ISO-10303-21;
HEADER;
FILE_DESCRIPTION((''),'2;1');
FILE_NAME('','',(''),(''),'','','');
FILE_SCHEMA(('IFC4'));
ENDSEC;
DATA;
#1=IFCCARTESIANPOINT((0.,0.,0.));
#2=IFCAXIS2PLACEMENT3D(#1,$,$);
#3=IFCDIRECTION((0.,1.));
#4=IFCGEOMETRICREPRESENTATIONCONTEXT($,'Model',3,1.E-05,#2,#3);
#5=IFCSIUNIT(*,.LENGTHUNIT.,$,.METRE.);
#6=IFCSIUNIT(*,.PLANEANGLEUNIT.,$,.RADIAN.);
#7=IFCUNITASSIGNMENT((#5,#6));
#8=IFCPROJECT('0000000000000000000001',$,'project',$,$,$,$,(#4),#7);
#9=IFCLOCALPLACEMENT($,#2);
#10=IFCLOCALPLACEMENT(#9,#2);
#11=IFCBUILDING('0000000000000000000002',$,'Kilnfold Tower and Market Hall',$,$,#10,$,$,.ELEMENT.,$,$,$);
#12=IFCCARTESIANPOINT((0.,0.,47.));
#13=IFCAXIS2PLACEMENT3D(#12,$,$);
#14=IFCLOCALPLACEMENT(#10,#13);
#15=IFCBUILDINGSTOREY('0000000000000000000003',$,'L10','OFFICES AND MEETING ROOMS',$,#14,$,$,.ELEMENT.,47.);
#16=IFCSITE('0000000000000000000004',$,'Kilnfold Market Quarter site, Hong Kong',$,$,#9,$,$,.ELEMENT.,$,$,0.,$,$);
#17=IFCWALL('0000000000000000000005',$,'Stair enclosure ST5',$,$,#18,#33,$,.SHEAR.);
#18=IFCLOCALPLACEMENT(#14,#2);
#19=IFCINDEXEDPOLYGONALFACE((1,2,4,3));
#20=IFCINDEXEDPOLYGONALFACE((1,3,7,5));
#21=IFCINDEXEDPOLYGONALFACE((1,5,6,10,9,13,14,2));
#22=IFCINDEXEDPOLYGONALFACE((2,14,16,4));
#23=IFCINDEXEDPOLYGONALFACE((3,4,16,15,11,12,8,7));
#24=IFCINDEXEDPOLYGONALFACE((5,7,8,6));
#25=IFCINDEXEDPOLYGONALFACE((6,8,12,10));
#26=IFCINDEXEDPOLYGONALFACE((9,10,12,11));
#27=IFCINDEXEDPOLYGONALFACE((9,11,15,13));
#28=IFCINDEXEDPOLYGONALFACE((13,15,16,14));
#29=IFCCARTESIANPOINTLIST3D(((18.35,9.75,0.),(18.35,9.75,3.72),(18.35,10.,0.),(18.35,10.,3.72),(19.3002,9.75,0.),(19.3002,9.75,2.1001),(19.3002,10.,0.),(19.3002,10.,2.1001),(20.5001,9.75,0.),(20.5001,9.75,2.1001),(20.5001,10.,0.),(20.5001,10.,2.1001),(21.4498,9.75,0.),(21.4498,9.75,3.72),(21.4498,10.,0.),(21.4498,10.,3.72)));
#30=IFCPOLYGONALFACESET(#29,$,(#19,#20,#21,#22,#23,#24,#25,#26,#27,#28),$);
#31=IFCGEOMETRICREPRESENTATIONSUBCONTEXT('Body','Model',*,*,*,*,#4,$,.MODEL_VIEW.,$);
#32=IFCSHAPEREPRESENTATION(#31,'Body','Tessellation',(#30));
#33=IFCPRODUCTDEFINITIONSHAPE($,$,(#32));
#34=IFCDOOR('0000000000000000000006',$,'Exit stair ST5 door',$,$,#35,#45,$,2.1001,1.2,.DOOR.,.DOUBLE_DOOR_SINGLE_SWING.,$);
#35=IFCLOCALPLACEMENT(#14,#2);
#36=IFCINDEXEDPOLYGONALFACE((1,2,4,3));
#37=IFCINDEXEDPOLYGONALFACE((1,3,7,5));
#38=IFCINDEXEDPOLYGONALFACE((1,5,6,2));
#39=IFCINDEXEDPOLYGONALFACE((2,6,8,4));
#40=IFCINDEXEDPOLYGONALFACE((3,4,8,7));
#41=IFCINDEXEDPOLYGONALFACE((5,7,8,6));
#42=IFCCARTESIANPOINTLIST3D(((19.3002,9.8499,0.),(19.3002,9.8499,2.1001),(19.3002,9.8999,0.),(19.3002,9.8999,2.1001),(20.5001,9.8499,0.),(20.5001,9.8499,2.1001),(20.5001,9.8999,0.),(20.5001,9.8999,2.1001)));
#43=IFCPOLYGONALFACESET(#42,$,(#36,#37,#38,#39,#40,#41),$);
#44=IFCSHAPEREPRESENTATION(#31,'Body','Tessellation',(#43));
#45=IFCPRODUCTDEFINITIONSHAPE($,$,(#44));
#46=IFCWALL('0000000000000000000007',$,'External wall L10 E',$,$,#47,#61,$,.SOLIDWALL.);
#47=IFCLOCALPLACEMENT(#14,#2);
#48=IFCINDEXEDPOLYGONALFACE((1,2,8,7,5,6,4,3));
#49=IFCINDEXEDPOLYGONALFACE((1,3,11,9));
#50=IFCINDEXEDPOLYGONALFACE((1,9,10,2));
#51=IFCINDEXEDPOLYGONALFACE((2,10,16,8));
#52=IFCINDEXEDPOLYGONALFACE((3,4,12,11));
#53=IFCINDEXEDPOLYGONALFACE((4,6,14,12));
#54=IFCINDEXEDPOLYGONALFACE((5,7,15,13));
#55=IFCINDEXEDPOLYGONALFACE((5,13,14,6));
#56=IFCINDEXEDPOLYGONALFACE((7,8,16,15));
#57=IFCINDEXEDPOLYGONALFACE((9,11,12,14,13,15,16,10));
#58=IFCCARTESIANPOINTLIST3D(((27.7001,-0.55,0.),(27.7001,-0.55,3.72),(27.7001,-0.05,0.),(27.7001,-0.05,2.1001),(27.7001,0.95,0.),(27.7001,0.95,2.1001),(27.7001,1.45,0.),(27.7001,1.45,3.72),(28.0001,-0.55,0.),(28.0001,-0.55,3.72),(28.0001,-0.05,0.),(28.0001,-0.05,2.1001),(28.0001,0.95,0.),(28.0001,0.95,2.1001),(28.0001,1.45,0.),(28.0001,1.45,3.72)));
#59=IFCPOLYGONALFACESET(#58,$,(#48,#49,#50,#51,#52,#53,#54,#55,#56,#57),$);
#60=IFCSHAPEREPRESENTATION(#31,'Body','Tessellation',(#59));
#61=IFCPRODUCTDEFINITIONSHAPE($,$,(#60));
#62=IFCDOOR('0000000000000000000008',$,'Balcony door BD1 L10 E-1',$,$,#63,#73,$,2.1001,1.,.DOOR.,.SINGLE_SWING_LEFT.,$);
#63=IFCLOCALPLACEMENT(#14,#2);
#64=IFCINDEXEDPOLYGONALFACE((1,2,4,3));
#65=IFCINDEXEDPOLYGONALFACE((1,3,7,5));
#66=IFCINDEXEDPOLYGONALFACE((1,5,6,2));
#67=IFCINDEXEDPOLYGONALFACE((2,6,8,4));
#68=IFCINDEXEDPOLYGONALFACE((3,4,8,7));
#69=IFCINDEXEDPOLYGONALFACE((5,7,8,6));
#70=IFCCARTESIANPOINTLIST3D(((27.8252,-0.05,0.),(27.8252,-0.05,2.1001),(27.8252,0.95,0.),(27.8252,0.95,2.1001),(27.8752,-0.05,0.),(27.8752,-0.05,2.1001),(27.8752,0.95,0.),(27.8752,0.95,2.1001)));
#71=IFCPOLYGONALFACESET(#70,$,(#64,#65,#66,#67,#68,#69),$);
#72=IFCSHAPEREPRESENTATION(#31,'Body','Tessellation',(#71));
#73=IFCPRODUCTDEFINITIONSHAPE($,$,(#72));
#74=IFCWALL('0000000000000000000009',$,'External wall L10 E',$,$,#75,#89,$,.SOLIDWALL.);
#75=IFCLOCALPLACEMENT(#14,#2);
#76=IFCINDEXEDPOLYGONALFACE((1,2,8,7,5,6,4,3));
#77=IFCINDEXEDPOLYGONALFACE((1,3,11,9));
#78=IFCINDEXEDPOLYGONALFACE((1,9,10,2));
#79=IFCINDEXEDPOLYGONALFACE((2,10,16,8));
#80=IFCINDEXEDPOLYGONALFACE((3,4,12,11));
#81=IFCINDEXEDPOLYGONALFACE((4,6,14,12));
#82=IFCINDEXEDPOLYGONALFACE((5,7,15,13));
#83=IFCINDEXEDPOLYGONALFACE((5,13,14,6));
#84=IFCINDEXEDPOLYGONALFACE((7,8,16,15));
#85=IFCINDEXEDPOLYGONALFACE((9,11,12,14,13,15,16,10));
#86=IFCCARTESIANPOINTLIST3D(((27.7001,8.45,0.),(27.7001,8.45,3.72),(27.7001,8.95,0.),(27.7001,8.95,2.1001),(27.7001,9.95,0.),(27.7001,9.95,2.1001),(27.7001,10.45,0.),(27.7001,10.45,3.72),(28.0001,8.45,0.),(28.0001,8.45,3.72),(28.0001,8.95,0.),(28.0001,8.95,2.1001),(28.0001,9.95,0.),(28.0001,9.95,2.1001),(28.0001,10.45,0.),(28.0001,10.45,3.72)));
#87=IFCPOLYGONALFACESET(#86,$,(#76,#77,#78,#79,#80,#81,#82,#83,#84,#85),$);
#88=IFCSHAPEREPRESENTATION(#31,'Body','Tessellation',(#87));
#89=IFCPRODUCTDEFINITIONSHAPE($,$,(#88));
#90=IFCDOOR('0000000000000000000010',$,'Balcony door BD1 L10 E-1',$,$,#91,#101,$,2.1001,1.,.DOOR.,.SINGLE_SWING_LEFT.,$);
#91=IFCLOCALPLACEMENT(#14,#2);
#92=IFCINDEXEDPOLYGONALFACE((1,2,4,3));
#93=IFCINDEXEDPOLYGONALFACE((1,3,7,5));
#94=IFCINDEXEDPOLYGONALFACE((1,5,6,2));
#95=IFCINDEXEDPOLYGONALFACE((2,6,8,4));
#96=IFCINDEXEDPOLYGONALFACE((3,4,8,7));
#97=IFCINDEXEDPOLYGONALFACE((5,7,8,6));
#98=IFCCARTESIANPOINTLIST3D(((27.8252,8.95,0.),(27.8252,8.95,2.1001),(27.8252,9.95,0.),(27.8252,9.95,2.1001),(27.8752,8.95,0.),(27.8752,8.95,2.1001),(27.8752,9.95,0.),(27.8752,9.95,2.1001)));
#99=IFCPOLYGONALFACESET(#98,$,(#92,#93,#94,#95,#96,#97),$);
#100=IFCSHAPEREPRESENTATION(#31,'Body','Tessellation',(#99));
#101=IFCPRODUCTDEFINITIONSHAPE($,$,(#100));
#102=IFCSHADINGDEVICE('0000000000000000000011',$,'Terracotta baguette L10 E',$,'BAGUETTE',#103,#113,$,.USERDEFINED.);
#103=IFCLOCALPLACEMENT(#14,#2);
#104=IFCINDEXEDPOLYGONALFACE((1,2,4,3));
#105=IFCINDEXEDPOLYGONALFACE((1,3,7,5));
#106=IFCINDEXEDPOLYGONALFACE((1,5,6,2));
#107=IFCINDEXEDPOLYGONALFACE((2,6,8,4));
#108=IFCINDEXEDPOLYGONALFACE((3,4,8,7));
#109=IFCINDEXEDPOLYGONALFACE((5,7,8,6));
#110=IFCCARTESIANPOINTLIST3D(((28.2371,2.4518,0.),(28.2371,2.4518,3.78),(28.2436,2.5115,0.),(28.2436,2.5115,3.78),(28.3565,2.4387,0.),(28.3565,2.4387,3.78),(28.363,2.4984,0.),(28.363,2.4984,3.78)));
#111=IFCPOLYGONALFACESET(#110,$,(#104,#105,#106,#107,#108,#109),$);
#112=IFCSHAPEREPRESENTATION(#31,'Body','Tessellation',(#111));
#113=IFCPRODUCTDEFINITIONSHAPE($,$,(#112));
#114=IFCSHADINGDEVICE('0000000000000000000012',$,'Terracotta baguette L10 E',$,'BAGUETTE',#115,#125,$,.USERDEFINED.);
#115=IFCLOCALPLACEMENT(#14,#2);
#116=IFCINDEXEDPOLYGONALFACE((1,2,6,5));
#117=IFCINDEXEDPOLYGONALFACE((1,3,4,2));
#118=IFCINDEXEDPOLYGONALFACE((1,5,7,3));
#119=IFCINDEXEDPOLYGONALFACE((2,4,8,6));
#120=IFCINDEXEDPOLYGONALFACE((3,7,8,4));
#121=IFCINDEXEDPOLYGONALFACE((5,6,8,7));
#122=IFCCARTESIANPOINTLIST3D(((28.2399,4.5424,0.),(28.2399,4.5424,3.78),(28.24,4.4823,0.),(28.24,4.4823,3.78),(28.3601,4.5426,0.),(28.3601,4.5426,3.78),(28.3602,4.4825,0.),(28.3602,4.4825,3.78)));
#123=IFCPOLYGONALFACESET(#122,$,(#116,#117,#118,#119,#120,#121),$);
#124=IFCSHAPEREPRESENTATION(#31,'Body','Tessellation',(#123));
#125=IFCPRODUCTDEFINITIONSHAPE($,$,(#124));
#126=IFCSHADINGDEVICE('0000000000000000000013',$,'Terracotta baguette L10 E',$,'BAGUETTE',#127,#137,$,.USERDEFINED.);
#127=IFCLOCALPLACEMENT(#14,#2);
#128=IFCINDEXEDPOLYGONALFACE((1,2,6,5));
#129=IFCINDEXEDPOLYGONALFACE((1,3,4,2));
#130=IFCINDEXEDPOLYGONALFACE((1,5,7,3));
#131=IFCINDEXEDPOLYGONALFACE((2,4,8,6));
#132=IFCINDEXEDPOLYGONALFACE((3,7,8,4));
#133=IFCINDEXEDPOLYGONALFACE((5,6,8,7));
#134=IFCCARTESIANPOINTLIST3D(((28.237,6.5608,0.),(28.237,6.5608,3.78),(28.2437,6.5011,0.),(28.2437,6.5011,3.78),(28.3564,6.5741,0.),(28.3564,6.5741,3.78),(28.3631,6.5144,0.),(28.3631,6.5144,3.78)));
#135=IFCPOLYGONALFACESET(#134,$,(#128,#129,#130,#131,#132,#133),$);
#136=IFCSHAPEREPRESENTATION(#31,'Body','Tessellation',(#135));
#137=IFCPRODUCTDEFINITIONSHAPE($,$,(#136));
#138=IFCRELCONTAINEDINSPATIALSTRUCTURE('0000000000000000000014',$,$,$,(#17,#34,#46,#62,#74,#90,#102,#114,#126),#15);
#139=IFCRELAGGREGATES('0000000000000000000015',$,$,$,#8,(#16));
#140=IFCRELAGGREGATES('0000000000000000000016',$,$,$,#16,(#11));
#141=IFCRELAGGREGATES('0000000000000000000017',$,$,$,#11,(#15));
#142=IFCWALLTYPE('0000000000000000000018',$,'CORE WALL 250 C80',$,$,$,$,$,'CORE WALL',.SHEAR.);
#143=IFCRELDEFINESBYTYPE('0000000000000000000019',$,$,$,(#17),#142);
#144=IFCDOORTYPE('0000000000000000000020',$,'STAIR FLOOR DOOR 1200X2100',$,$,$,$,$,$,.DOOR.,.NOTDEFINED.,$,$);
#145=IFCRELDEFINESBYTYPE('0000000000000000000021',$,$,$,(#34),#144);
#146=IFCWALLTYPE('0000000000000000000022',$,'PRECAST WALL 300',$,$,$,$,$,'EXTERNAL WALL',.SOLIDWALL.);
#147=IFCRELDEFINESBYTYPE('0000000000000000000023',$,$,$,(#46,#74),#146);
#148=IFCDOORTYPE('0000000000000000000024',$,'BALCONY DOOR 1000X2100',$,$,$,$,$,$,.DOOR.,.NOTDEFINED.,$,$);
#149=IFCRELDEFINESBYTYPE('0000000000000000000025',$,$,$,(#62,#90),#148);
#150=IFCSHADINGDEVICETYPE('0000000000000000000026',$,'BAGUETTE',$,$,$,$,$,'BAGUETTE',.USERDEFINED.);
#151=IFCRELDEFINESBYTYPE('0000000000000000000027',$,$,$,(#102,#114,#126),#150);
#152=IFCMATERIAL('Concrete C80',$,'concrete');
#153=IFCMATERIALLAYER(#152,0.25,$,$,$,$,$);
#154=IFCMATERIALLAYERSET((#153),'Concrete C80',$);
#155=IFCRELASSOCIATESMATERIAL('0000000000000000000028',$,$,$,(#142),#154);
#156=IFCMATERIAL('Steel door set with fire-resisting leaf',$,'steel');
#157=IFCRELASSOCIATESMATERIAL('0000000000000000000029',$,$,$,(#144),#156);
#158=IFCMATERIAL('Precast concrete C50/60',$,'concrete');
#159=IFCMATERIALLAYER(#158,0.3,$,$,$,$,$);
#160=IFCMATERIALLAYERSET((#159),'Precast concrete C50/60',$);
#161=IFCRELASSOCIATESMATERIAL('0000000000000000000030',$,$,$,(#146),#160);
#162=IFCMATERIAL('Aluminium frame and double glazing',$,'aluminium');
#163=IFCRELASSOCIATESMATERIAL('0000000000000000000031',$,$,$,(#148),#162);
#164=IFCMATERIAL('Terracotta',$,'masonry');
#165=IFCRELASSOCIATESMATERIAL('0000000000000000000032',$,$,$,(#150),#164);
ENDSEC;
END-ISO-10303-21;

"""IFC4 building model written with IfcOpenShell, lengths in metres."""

from ifc_helpers import new_model, si_unit, direction, frame, frame_2d, origin, origin_2d, place, context, subcontext, project, spatial, rectangle, extrude, source, transform, mapped, material, layer, layer_set, material_profile, profile_set, type_object, element, fill, save


model = new_model("IFC4")

# Units and contexts
model_context = context("Model", 3, precision=1e-05, world=origin(), true_north=direction((0.0, 1.0)))
body_context = subcontext(model_context, "Body", "Model", "MODEL_VIEW")
ifc_project = project(units=[si_unit("LENGTHUNIT", "METRE"), si_unit("PLANEANGLEUNIT", "RADIAN")], contexts=[model_context])

# Site, building, storey
site_placement = place(None, origin())
site = spatial("IfcSite", under=ifc_project, at=site_placement, Name="Kilnfold Market Quarter site, Hong Kong", CompositionType="ELEMENT", RefElevation=0.0)
building_placement = place(site_placement, origin())
building = spatial("IfcBuilding", under=site, at=building_placement, Name="Kilnfold Tower and Market Hall", CompositionType="ELEMENT")
storey_placement = place(building_placement, frame((0.0, 0.0, 47.0)))
storey = spatial("IfcBuildingStorey", under=building, at=storey_placement, Name="L10", Description="OFFICES AND MEETING ROOMS", CompositionType="ELEMENT", Elevation=47.0)

# Shared definitions
ifc_material_1 = material(Name="Concrete C80", Category="concrete")
ifc_layer_1 = layer(ifc_material_1, 0.25)
ifc_layer_set_1 = layer_set([ifc_layer_1], Name="Concrete C80")
wall_type_1 = type_object("IfcWallType", Name="CORE WALL 250 C80", ElementType="CORE WALL", PredefinedType="SHEAR", material=ifc_layer_set_1)

# Walls, openings, doors
shared_shape_1 = source(origin(), body_context, "Body", "SweptSolid", [
    extrude(rectangle(XDim=3.0999, YDim=0.25, at=frame_2d((1.5498, 0.0))), origin(), (0.0, 0.0, 1.0), 3.72),
])
wall_1_placement = place(storey_placement, frame((18.3501, 9.875, 0.0), z_axis=(0.0, 0.0, 1.0), x_axis=(1.0, 0.0, 0.0)))
wall_1 = element("IfcWall", 1, at=wall_1_placement, inside=storey, type_object=wall_type_1, Name="Stair enclosure ST5", PredefinedType="SHEAR", context=body_context, shape_type="MappedRepresentation", body=[
    mapped(shared_shape_1, transform((0.0, 0.0, 0.0))),
])
opening_1_placement = place(wall_1_placement, frame((0.95, 0.0, 0.0)))
opening_1 = element("IfcOpeningElement", 2, at=opening_1_placement, cuts=wall_1, PredefinedType="OPENING", context=body_context, shape_type="SweptSolid", body=[
    extrude(rectangle(XDim=1.2, YDim=2.1001, at=frame_2d((0.6001, 1.05))), frame((0.0, 0.135, 0.0), z_axis=(0.0, -1.0, 0.0), x_axis=(1.0, 0.0, 0.0)), (0.0, 0.0, 1.0), 0.27),
])
ifc_material_2 = material(Name="Steel door set with fire-resisting leaf", Category="steel")
door_type_1 = type_object("IfcDoorType", Name="STAIR FLOOR DOOR 1200X2100", OperationType="NOTDEFINED", PredefinedType="DOOR", material=ifc_material_2)
door_1_placement = place(opening_1_placement, origin())
door_1 = element("IfcDoor", 3, at=door_1_placement, inside=storey, type_object=door_type_1, Name="Exit stair ST5 door", OperationType="DOUBLE_DOOR_SINGLE_SWING", OverallHeight=2.1001, OverallWidth=1.2, PredefinedType="DOOR", context=body_context, shape_type="SweptSolid", body=[
    extrude(rectangle(XDim=1.2, YDim=2.1001, at=frame_2d((0.6001, 1.05))), frame((0.0, 0.0249, 0.0), z_axis=(0.0, -1.0, 0.0), x_axis=(1.0, 0.0, 0.0)), (0.0, 0.0, 1.0), 0.05),
])
fill(opening_1, door_1)
ifc_material_3 = material(Name="Precast concrete C50/60", Category="concrete")
ifc_layer_2 = layer(ifc_material_3, 0.3)
ifc_layer_set_2 = layer_set([ifc_layer_2], Name="Precast concrete C50/60")
wall_type_2 = type_object("IfcWallType", Name="PRECAST WALL 300", ElementType="EXTERNAL WALL", PredefinedType="SOLIDWALL", material=ifc_layer_set_2)
shared_shape_2 = source(origin(), body_context, "Body", "SweptSolid", [
    extrude(rectangle(XDim=2.0, YDim=0.3, at=frame_2d((1.0, 0.0))), origin(), (0.0, 0.0, 1.0), 3.72),
])
wall_2_placement = place(storey_placement, frame((27.8501, -0.55, 0.0), z_axis=(0.0, 0.0, 1.0), x_axis=(0.0, 1.0, 0.0)))
wall_2 = element("IfcWall", 4, at=wall_2_placement, inside=storey, type_object=wall_type_2, Name="External wall L10 E", PredefinedType="SOLIDWALL", context=body_context, shape_type="MappedRepresentation", body=[
    mapped(shared_shape_2, transform((0.0, 0.0, 0.0))),
])
opening_2_placement = place(wall_2_placement, frame((0.5, 0.0, 0.0)))
opening_2 = element("IfcOpeningElement", 5, at=opening_2_placement, cuts=wall_2, PredefinedType="OPENING", context=body_context, shape_type="SweptSolid", body=[
    extrude(rectangle(XDim=1.0, YDim=2.1001, at=frame_2d((0.5, 1.05))), frame((0.0, 0.1602, 0.0), z_axis=(0.0, -1.0, 0.0), x_axis=(1.0, 0.0, 0.0)), (0.0, 0.0, 1.0), 0.3201),
])
ifc_material_4 = material(Name="Aluminium frame and double glazing", Category="aluminium")
door_type_2 = type_object("IfcDoorType", Name="BALCONY DOOR 1000X2100", OperationType="NOTDEFINED", PredefinedType="DOOR", material=ifc_material_4)
door_2_placement = place(opening_2_placement, origin())
door_2 = element("IfcDoor", 6, at=door_2_placement, inside=storey, type_object=door_type_2, Name="Balcony door BD1 L10 E-1", OperationType="SINGLE_SWING_LEFT", OverallHeight=2.1001, OverallWidth=1.0, PredefinedType="DOOR", context=body_context, shape_type="SweptSolid", body=[
    extrude(rectangle(XDim=1.0, YDim=2.1001, at=frame_2d((0.5, 1.05))), frame((0.0, 0.0249, 0.0), z_axis=(0.0, -1.0, 0.0), x_axis=(1.0, 0.0, 0.0)), (0.0, 0.0, 1.0), 0.05),
])
fill(opening_2, door_2)
wall_3_placement = place(storey_placement, frame((27.8501, 8.45, 0.0), z_axis=(0.0, 0.0, 1.0), x_axis=(0.0, 1.0, 0.0)))
wall_3 = element("IfcWall", 7, at=wall_3_placement, inside=storey, type_object=wall_type_2, Name="External wall L10 E", PredefinedType="SOLIDWALL", context=body_context, shape_type="MappedRepresentation", body=[
    mapped(shared_shape_2, transform((0.0, 0.0, 0.0))),
])
opening_3_placement = place(wall_3_placement, frame((0.5, 0.0, 0.0)))
opening_3 = element("IfcOpeningElement", 8, at=opening_3_placement, cuts=wall_3, PredefinedType="OPENING", context=body_context, shape_type="SweptSolid", body=[
    extrude(rectangle(XDim=1.0, YDim=2.1001, at=frame_2d((0.5, 1.05))), frame((0.0, 0.1602, 0.0), z_axis=(0.0, -1.0, 0.0), x_axis=(1.0, 0.0, 0.0)), (0.0, 0.0, 1.0), 0.3201),
])
door_3_placement = place(opening_3_placement, origin())
door_3 = element("IfcDoor", 9, at=door_3_placement, inside=storey, type_object=door_type_2, Name="Balcony door BD1 L10 E-1", OperationType="SINGLE_SWING_LEFT", OverallHeight=2.1001, OverallWidth=1.0, PredefinedType="DOOR", context=body_context, shape_type="SweptSolid", body=[
    extrude(rectangle(XDim=1.0, YDim=2.1001, at=frame_2d((0.5, 1.05))), frame((0.0, 0.0249, 0.0), z_axis=(0.0, -1.0, 0.0), x_axis=(1.0, 0.0, 0.0)), (0.0, 0.0, 1.0), 0.05),
])
fill(opening_3, door_3)

# Shading devices
ifc_material_5 = material(Name="Terracotta", Category="masonry")
ifc_material_profile_1 = material_profile(ifc_material_5, rectangle(XDim=0.0601, YDim=0.1201, at=origin_2d()), Name="BAG 60x120")
ifc_profile_set_1 = profile_set([ifc_material_profile_1], Name="Terracotta")
shading_device_type = type_object("IfcShadingDeviceType", Name="BAGUETTE", ElementType="BAGUETTE", PredefinedType="USERDEFINED", material=ifc_profile_set_1)
shared_shape_3 = source(origin(), body_context, "Body", "SweptSolid", [
    extrude(rectangle(XDim=0.0601, YDim=0.1201, at=origin_2d()), origin(), (0.0, 0.0, 1.0), 3.78),
])
for number, where, z_axis, x_axis, name in (
    (10, (28.3, 2.4751, 0.0), (0.0, 0.0, 1.0), (0.109384, 0.994, 0.0), "Terracotta baguette L10 E"),
    (11, (28.3, 4.5125, 0.0), (0.0, 0.0, 1.0), (-0.001644, 0.999999, 0.0), "Terracotta baguette L10 E"),
    (12, (28.3, 6.5376, 0.0), (0.0, 0.0, 1.0), (-0.110909, 0.993831, 0.0), "Terracotta baguette L10 E"),
):
    element("IfcShadingDevice", number, at=place(storey_placement, frame(where, z_axis=z_axis, x_axis=x_axis)), inside=storey, type_object=shading_device_type, Name=name, ObjectType="BAGUETTE", PredefinedType="USERDEFINED", context=body_context, shape_type="MappedRepresentation", body=[
        mapped(shared_shape_3, transform((0.0, 0.0, 0.0))),
    ])

save(model, "model.ifc")
